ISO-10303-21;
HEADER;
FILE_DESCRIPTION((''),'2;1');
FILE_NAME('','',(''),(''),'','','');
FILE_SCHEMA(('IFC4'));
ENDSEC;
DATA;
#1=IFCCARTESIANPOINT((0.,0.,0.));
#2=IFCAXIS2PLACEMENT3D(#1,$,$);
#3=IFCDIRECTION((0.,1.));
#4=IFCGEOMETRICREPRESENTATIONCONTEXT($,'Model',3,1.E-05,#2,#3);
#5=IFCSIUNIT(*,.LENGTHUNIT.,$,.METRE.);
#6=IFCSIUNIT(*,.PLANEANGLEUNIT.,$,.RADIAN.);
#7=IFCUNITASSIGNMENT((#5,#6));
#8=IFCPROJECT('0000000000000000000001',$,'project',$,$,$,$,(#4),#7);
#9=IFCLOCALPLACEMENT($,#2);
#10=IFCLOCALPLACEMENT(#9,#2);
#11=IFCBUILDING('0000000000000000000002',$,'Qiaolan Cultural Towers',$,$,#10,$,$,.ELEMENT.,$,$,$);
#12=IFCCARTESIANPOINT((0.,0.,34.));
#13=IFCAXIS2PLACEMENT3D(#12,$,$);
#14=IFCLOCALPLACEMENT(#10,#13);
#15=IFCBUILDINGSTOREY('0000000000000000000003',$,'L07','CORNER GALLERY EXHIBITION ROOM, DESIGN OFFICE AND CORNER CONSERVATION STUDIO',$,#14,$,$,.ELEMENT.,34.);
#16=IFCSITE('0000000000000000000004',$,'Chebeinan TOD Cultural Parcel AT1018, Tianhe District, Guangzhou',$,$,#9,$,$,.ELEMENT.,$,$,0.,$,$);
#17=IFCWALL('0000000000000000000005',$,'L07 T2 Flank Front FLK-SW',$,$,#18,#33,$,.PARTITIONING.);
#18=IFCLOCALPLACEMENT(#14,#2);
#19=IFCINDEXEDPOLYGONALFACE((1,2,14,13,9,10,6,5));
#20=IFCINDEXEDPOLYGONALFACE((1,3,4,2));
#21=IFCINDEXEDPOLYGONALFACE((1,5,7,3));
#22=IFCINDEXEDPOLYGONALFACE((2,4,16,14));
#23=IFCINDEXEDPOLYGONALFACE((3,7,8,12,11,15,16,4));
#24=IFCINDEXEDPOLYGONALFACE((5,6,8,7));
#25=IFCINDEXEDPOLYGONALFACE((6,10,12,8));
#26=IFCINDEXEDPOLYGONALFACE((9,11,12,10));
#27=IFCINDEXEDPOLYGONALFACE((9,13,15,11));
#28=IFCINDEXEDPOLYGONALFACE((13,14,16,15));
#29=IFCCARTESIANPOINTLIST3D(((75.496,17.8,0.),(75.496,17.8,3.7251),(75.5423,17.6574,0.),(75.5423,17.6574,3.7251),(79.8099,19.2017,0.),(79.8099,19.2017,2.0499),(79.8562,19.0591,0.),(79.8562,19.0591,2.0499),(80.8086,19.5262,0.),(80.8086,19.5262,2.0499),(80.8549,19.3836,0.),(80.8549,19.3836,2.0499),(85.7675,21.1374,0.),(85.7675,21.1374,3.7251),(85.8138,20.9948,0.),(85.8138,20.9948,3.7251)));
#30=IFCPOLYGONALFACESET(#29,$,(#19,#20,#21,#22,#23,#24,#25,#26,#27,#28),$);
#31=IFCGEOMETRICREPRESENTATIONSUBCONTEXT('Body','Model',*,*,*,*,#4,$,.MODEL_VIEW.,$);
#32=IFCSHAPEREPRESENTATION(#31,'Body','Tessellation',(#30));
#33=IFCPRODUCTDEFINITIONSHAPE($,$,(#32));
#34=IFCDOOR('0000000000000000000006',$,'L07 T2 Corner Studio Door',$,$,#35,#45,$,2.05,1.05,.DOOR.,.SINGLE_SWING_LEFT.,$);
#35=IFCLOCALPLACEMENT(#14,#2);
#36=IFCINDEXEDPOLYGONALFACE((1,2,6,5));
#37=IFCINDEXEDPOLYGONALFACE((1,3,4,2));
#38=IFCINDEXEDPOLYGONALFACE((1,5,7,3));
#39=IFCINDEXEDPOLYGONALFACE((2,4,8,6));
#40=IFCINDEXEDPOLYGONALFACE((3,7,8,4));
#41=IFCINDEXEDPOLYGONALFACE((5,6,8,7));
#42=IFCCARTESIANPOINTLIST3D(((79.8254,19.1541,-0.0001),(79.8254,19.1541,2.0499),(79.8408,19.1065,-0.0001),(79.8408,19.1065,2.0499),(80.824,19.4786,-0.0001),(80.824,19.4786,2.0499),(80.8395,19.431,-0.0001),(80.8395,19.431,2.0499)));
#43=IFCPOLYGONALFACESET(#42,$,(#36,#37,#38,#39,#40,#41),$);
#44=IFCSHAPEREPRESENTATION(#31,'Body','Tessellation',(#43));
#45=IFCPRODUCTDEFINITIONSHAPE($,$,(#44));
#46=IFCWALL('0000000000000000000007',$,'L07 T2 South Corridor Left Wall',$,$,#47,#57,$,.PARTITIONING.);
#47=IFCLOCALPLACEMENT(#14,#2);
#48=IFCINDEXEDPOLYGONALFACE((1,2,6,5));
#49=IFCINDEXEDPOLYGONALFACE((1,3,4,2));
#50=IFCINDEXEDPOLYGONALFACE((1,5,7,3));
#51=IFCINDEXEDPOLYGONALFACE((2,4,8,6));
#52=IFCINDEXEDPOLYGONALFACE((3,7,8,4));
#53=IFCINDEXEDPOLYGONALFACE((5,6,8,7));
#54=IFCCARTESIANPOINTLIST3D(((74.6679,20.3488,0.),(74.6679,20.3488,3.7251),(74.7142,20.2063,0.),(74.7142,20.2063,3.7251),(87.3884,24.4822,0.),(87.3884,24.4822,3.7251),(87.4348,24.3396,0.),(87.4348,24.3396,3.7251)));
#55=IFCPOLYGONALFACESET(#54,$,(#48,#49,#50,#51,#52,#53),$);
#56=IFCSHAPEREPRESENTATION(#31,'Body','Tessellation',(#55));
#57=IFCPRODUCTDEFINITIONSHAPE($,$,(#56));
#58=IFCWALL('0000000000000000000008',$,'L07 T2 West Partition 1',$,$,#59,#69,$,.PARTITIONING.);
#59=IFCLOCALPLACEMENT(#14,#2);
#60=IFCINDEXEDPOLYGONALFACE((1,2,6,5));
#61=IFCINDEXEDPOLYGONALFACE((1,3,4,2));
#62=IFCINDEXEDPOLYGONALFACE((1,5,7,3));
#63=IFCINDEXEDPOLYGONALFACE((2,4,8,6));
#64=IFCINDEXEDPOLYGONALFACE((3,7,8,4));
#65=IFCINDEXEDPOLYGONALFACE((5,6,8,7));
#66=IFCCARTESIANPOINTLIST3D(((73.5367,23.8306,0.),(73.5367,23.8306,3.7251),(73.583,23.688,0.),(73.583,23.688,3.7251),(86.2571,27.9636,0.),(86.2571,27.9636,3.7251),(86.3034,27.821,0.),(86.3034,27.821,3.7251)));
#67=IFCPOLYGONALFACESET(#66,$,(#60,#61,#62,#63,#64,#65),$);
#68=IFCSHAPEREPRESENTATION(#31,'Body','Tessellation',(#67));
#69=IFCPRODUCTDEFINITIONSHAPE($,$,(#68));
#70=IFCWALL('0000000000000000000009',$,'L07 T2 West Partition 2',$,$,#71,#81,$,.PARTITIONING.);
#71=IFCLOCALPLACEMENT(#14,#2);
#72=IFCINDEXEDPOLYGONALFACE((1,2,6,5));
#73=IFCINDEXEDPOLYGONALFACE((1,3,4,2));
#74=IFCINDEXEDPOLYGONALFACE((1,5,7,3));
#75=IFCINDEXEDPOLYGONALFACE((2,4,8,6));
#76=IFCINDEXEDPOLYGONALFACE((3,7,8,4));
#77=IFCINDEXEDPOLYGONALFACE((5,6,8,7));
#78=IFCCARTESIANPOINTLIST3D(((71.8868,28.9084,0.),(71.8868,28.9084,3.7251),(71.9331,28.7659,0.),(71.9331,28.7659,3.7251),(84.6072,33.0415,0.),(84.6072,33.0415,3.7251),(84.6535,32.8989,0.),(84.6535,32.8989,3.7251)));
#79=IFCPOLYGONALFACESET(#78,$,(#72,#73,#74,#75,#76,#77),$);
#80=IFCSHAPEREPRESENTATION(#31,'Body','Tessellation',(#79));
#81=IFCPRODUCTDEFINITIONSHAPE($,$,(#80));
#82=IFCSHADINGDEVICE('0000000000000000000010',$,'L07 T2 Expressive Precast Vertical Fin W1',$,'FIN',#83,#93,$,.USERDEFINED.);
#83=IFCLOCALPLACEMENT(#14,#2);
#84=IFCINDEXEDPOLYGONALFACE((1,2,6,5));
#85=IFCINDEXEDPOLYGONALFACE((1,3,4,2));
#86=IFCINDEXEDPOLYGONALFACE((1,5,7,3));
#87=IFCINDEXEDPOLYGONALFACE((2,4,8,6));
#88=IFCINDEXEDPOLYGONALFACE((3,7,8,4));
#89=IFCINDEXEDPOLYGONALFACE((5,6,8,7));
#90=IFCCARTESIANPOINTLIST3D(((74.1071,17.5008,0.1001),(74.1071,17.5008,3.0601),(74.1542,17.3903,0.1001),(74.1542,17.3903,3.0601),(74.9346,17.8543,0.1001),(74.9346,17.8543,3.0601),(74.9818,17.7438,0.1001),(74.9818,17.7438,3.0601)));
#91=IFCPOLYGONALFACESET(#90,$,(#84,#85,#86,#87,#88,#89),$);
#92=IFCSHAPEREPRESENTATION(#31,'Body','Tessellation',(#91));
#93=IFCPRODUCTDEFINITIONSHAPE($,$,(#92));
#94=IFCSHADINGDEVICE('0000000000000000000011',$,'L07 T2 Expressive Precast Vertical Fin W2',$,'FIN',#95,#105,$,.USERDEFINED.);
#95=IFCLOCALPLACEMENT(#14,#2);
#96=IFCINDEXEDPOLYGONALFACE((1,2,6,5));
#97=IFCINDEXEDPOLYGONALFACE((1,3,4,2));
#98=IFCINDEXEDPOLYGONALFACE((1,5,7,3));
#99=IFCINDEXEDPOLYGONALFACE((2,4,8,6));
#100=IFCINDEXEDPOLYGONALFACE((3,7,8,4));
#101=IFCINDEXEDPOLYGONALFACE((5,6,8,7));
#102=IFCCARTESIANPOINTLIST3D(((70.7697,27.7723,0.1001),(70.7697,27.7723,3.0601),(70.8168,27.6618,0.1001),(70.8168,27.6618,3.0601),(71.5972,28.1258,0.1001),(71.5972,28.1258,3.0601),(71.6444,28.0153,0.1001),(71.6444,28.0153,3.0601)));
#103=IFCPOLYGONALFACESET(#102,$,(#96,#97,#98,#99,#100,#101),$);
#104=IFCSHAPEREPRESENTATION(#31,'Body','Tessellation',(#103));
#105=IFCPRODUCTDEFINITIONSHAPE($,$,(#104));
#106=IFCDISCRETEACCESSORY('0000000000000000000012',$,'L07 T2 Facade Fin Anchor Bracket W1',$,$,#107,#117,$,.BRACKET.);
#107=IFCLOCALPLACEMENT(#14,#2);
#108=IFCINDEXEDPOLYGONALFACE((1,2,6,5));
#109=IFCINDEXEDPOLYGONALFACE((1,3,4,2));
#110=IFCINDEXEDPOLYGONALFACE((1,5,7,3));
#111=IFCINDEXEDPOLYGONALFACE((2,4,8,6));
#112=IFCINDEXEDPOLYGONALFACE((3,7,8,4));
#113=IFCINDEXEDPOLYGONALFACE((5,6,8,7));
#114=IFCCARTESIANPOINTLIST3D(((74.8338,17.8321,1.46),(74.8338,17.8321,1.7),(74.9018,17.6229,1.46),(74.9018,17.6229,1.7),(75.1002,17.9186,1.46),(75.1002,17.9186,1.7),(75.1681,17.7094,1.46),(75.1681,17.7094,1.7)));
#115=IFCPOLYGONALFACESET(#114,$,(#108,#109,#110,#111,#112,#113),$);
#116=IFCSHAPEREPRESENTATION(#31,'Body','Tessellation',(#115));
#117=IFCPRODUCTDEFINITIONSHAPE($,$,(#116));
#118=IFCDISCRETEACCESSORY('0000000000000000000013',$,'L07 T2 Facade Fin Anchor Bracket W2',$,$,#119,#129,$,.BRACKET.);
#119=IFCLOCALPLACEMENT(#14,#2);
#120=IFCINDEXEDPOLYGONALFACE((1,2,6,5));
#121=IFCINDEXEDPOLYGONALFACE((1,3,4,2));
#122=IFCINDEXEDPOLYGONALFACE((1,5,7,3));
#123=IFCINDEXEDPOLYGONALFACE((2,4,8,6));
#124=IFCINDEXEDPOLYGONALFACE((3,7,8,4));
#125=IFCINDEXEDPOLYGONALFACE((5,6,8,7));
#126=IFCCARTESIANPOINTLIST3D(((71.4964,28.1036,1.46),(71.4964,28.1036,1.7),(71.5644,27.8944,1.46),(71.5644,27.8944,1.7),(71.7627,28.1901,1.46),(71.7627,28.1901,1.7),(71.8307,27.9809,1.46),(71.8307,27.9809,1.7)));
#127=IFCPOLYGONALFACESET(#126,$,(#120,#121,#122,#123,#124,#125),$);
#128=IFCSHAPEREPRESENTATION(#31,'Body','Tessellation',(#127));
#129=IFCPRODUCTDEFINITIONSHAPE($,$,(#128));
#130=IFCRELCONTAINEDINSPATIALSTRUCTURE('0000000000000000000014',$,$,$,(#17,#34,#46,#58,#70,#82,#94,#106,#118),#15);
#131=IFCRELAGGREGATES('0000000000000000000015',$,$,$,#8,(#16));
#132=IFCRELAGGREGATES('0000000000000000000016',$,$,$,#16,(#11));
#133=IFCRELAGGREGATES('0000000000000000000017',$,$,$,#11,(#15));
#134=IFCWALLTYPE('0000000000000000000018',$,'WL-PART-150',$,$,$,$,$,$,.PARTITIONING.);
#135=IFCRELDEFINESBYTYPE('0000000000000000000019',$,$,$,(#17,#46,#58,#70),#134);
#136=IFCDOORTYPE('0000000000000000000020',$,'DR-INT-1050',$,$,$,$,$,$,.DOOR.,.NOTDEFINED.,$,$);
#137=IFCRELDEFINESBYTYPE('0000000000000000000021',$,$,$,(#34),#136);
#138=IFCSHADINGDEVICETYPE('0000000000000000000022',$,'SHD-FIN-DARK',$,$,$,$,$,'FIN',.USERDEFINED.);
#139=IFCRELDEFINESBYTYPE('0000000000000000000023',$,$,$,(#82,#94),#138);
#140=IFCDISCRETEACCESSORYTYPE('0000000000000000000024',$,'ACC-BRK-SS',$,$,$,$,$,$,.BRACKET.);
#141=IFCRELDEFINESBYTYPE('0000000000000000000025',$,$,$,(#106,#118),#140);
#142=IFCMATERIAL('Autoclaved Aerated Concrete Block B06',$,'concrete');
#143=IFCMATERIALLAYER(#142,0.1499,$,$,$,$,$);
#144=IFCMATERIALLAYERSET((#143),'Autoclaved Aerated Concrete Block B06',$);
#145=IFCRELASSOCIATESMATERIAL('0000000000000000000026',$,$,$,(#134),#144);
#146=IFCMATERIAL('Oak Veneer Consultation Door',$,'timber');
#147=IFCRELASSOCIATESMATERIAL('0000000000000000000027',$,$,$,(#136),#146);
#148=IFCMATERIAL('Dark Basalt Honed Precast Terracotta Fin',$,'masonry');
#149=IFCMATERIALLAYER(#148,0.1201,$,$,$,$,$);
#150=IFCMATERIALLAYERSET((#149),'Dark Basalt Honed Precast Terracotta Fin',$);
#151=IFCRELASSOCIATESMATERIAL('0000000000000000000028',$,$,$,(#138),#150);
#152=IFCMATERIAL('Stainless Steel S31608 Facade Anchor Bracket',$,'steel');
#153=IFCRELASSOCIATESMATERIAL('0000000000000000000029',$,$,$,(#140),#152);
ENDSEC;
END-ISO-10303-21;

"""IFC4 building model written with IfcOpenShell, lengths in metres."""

from ifc_helpers import new_model, si_unit, direction, frame, frame_2d, origin, origin_2d, place, context, subcontext, project, spatial, rectangle, extrude, material, layer, layer_set, type_object, element, fill, save


model = new_model("IFC4")

# Units and contexts
model_context = context("Model", 3, precision=1e-05, world=origin(), true_north=direction((0.0, 1.0)))
body_context = subcontext(model_context, "Body", "Model", "MODEL_VIEW")
ifc_project = project(units=[si_unit("LENGTHUNIT", "METRE"), si_unit("PLANEANGLEUNIT", "RADIAN")], contexts=[model_context])

# Site, building, storey
site_placement = place(None, origin())
site = spatial("IfcSite", under=ifc_project, at=site_placement, Name="Chebeinan TOD Cultural Parcel AT1018, Tianhe District, Guangzhou", CompositionType="ELEMENT", RefElevation=0.0)
building_placement = place(site_placement, origin())
building = spatial("IfcBuilding", under=site, at=building_placement, Name="Qiaolan Cultural Towers", CompositionType="ELEMENT")
storey_placement = place(building_placement, frame((0.0, 0.0, 34.0)))
storey = spatial("IfcBuildingStorey", under=building, at=storey_placement, Name="L07", Description="CORNER GALLERY EXHIBITION ROOM, DESIGN OFFICE AND CORNER CONSERVATION STUDIO", CompositionType="ELEMENT", Elevation=34.0)

# Shared definitions
ifc_material_1 = material(Name="Autoclaved Aerated Concrete Block B06", Category="concrete")
ifc_layer_1 = layer(ifc_material_1, 0.1499)
ifc_layer_set_1 = layer_set([ifc_layer_1], Name="Autoclaved Aerated Concrete Block B06")
wall_type_1 = type_object("IfcWallType", Name="WL-PART-150", PredefinedType="PARTITIONING", material=ifc_layer_set_1)

# Wall, opening, door
wall_1_placement = place(storey_placement, frame((75.5193, 17.7288, 0.0), z_axis=(0.0, 0.0, 1.0), x_axis=(0.951057, 0.309017, 0.0)))
wall_1 = element("IfcWall", 1, at=wall_1_placement, inside=storey, type_object=wall_type_1, Name="L07 T2 Flank Front FLK-SW", PredefinedType="PARTITIONING", context=body_context, shape_type="SweptSolid", body=[
    extrude(rectangle(XDim=10.8, YDim=0.1499, at=frame_2d((5.3999, 0.0))), origin(), (0.0, 0.0, 1.0), 3.7251),
])
opening_1_placement = place(wall_1_placement, frame((4.5359, 0.0, 0.0)))
opening_1 = element("IfcOpeningElement", 2, at=opening_1_placement, cuts=wall_1, PredefinedType="OPENING", context=body_context, shape_type="SweptSolid", body=[
    extrude(rectangle(XDim=1.05, YDim=2.05, at=frame_2d((0.5249, 1.0249))), frame((0.0, 0.085, 0.0), z_axis=(0.0, -1.0, 0.0), x_axis=(1.0, 0.0, 0.0)), (0.0, 0.0, 1.0), 0.1699),
])
ifc_material_2 = material(Name="Oak Veneer Consultation Door", Category="timber")
door_type_1 = type_object("IfcDoorType", Name="DR-INT-1050", OperationType="NOTDEFINED", PredefinedType="DOOR", material=ifc_material_2)
door_1_placement = place(opening_1_placement, origin())
door_1 = element("IfcDoor", 3, at=door_1_placement, inside=storey, type_object=door_type_1, Name="L07 T2 Corner Studio Door", OperationType="SINGLE_SWING_LEFT", OverallHeight=2.05, OverallWidth=1.05, PredefinedType="DOOR", context=body_context, shape_type="SweptSolid", body=[
    extrude(rectangle(XDim=1.05, YDim=2.05, at=frame_2d((0.5249, 1.0249))), frame((0.0, 0.0249, 0.0), z_axis=(0.0, -1.0, 0.0), x_axis=(1.0, 0.0, 0.0)), (0.0, 0.0, 1.0), 0.05),
])
fill(opening_1, door_1)

# Walls
wall_2_placement = place(storey_placement, frame((74.6912, 20.2776, 0.0), z_axis=(0.0, 0.0, 1.0), x_axis=(0.951053, 0.309029, 0.0)))
element("IfcWall", 4, at=wall_2_placement, inside=storey, type_object=wall_type_1, Name="L07 T2 South Corridor Left Wall", PredefinedType="PARTITIONING", context=body_context, shape_type="SweptSolid", body=[
    extrude(rectangle(XDim=13.3752, YDim=0.1499, at=frame_2d((6.6875, 0.0))), origin(), (0.0, 0.0, 1.0), 3.7251),
])
for number, where, z_axis, x_axis, name in (
    (5, (73.5598, 23.7593, 0.0), (0.0, 0.0, 1.0), (0.951058, 0.309012, 0.0), "L07 T2 West Partition 1"),
    (6, (71.9099, 28.8372, 0.0), (0.0, 0.0, 1.0), (0.951058, 0.309012, 0.0), "L07 T2 West Partition 2"),
):
    element("IfcWall", number, at=place(storey_placement, frame(where, z_axis=z_axis, x_axis=x_axis)), inside=storey, type_object=wall_type_1, Name=name, PredefinedType="PARTITIONING", context=body_context, shape_type="SweptSolid", body=[
        extrude(rectangle(XDim=13.375, YDim=0.1499, at=frame_2d((6.6875, 0.0))), origin(), (0.0, 0.0, 1.0), 3.7251),
    ])

# Shading devices
ifc_material_3 = material(Name="Dark Basalt Honed Precast Terracotta Fin", Category="masonry")
ifc_layer_2 = layer(ifc_material_3, 0.1201)
ifc_layer_set_2 = layer_set([ifc_layer_2], Name="Dark Basalt Honed Precast Terracotta Fin")
shading_device_type = type_object("IfcShadingDeviceType", Name="SHD-FIN-DARK", ElementType="FIN", PredefinedType="USERDEFINED", material=ifc_layer_set_2)
for number, where, z_axis, x_axis, name in (
    (7, (74.5444, 17.6223, 0.1001), (0.0, 0.0, 1.0), (0.919614, 0.392824, 0.0), "L07 T2 Expressive Precast Vertical Fin W1"),
    (8, (71.207, 27.8938, 0.1001), (0.0, 0.0, 1.0), (0.919614, 0.392824, 0.0), "L07 T2 Expressive Precast Vertical Fin W2"),
):
    element("IfcShadingDevice", number, at=place(storey_placement, frame(where, z_axis=z_axis, x_axis=x_axis)), inside=storey, type_object=shading_device_type, Name=name, ObjectType="FIN", PredefinedType="USERDEFINED", context=body_context, shape_type="SweptSolid", body=[
        extrude(rectangle(XDim=0.8999, YDim=0.1201, at=origin_2d()), origin(), (0.0, 0.0, 1.0), 2.96),
    ])

# Discrete accessories
ifc_material_4 = material(Name="Stainless Steel S31608 Facade Anchor Bracket", Category="steel")
discrete_accessory_type = type_object("IfcDiscreteAccessoryType", Name="ACC-BRK-SS", PredefinedType="BRACKET", material=ifc_material_4)
for number, where, z_axis, x_axis, name in (
    (9, (75.001, 17.7708, 1.46), (0.0, 0.0, 1.0), (0.951057, 0.309017, 0.0), "L07 T2 Facade Fin Anchor Bracket W1"),
    (10, (71.6636, 28.0422, 1.46), (0.0, 0.0, 1.0), (0.951057, 0.309017, 0.0), "L07 T2 Facade Fin Anchor Bracket W2"),
):
    element("IfcDiscreteAccessory", number, at=place(storey_placement, frame(where, z_axis=z_axis, x_axis=x_axis)), inside=storey, type_object=discrete_accessory_type, Name=name, PredefinedType="BRACKET", context=body_context, shape_type="SweptSolid", body=[
        extrude(rectangle(XDim=0.28, YDim=0.22, at=origin_2d()), origin(), (0.0, 0.0, 1.0), 0.24),
    ])

save(model, "model.ifc")
